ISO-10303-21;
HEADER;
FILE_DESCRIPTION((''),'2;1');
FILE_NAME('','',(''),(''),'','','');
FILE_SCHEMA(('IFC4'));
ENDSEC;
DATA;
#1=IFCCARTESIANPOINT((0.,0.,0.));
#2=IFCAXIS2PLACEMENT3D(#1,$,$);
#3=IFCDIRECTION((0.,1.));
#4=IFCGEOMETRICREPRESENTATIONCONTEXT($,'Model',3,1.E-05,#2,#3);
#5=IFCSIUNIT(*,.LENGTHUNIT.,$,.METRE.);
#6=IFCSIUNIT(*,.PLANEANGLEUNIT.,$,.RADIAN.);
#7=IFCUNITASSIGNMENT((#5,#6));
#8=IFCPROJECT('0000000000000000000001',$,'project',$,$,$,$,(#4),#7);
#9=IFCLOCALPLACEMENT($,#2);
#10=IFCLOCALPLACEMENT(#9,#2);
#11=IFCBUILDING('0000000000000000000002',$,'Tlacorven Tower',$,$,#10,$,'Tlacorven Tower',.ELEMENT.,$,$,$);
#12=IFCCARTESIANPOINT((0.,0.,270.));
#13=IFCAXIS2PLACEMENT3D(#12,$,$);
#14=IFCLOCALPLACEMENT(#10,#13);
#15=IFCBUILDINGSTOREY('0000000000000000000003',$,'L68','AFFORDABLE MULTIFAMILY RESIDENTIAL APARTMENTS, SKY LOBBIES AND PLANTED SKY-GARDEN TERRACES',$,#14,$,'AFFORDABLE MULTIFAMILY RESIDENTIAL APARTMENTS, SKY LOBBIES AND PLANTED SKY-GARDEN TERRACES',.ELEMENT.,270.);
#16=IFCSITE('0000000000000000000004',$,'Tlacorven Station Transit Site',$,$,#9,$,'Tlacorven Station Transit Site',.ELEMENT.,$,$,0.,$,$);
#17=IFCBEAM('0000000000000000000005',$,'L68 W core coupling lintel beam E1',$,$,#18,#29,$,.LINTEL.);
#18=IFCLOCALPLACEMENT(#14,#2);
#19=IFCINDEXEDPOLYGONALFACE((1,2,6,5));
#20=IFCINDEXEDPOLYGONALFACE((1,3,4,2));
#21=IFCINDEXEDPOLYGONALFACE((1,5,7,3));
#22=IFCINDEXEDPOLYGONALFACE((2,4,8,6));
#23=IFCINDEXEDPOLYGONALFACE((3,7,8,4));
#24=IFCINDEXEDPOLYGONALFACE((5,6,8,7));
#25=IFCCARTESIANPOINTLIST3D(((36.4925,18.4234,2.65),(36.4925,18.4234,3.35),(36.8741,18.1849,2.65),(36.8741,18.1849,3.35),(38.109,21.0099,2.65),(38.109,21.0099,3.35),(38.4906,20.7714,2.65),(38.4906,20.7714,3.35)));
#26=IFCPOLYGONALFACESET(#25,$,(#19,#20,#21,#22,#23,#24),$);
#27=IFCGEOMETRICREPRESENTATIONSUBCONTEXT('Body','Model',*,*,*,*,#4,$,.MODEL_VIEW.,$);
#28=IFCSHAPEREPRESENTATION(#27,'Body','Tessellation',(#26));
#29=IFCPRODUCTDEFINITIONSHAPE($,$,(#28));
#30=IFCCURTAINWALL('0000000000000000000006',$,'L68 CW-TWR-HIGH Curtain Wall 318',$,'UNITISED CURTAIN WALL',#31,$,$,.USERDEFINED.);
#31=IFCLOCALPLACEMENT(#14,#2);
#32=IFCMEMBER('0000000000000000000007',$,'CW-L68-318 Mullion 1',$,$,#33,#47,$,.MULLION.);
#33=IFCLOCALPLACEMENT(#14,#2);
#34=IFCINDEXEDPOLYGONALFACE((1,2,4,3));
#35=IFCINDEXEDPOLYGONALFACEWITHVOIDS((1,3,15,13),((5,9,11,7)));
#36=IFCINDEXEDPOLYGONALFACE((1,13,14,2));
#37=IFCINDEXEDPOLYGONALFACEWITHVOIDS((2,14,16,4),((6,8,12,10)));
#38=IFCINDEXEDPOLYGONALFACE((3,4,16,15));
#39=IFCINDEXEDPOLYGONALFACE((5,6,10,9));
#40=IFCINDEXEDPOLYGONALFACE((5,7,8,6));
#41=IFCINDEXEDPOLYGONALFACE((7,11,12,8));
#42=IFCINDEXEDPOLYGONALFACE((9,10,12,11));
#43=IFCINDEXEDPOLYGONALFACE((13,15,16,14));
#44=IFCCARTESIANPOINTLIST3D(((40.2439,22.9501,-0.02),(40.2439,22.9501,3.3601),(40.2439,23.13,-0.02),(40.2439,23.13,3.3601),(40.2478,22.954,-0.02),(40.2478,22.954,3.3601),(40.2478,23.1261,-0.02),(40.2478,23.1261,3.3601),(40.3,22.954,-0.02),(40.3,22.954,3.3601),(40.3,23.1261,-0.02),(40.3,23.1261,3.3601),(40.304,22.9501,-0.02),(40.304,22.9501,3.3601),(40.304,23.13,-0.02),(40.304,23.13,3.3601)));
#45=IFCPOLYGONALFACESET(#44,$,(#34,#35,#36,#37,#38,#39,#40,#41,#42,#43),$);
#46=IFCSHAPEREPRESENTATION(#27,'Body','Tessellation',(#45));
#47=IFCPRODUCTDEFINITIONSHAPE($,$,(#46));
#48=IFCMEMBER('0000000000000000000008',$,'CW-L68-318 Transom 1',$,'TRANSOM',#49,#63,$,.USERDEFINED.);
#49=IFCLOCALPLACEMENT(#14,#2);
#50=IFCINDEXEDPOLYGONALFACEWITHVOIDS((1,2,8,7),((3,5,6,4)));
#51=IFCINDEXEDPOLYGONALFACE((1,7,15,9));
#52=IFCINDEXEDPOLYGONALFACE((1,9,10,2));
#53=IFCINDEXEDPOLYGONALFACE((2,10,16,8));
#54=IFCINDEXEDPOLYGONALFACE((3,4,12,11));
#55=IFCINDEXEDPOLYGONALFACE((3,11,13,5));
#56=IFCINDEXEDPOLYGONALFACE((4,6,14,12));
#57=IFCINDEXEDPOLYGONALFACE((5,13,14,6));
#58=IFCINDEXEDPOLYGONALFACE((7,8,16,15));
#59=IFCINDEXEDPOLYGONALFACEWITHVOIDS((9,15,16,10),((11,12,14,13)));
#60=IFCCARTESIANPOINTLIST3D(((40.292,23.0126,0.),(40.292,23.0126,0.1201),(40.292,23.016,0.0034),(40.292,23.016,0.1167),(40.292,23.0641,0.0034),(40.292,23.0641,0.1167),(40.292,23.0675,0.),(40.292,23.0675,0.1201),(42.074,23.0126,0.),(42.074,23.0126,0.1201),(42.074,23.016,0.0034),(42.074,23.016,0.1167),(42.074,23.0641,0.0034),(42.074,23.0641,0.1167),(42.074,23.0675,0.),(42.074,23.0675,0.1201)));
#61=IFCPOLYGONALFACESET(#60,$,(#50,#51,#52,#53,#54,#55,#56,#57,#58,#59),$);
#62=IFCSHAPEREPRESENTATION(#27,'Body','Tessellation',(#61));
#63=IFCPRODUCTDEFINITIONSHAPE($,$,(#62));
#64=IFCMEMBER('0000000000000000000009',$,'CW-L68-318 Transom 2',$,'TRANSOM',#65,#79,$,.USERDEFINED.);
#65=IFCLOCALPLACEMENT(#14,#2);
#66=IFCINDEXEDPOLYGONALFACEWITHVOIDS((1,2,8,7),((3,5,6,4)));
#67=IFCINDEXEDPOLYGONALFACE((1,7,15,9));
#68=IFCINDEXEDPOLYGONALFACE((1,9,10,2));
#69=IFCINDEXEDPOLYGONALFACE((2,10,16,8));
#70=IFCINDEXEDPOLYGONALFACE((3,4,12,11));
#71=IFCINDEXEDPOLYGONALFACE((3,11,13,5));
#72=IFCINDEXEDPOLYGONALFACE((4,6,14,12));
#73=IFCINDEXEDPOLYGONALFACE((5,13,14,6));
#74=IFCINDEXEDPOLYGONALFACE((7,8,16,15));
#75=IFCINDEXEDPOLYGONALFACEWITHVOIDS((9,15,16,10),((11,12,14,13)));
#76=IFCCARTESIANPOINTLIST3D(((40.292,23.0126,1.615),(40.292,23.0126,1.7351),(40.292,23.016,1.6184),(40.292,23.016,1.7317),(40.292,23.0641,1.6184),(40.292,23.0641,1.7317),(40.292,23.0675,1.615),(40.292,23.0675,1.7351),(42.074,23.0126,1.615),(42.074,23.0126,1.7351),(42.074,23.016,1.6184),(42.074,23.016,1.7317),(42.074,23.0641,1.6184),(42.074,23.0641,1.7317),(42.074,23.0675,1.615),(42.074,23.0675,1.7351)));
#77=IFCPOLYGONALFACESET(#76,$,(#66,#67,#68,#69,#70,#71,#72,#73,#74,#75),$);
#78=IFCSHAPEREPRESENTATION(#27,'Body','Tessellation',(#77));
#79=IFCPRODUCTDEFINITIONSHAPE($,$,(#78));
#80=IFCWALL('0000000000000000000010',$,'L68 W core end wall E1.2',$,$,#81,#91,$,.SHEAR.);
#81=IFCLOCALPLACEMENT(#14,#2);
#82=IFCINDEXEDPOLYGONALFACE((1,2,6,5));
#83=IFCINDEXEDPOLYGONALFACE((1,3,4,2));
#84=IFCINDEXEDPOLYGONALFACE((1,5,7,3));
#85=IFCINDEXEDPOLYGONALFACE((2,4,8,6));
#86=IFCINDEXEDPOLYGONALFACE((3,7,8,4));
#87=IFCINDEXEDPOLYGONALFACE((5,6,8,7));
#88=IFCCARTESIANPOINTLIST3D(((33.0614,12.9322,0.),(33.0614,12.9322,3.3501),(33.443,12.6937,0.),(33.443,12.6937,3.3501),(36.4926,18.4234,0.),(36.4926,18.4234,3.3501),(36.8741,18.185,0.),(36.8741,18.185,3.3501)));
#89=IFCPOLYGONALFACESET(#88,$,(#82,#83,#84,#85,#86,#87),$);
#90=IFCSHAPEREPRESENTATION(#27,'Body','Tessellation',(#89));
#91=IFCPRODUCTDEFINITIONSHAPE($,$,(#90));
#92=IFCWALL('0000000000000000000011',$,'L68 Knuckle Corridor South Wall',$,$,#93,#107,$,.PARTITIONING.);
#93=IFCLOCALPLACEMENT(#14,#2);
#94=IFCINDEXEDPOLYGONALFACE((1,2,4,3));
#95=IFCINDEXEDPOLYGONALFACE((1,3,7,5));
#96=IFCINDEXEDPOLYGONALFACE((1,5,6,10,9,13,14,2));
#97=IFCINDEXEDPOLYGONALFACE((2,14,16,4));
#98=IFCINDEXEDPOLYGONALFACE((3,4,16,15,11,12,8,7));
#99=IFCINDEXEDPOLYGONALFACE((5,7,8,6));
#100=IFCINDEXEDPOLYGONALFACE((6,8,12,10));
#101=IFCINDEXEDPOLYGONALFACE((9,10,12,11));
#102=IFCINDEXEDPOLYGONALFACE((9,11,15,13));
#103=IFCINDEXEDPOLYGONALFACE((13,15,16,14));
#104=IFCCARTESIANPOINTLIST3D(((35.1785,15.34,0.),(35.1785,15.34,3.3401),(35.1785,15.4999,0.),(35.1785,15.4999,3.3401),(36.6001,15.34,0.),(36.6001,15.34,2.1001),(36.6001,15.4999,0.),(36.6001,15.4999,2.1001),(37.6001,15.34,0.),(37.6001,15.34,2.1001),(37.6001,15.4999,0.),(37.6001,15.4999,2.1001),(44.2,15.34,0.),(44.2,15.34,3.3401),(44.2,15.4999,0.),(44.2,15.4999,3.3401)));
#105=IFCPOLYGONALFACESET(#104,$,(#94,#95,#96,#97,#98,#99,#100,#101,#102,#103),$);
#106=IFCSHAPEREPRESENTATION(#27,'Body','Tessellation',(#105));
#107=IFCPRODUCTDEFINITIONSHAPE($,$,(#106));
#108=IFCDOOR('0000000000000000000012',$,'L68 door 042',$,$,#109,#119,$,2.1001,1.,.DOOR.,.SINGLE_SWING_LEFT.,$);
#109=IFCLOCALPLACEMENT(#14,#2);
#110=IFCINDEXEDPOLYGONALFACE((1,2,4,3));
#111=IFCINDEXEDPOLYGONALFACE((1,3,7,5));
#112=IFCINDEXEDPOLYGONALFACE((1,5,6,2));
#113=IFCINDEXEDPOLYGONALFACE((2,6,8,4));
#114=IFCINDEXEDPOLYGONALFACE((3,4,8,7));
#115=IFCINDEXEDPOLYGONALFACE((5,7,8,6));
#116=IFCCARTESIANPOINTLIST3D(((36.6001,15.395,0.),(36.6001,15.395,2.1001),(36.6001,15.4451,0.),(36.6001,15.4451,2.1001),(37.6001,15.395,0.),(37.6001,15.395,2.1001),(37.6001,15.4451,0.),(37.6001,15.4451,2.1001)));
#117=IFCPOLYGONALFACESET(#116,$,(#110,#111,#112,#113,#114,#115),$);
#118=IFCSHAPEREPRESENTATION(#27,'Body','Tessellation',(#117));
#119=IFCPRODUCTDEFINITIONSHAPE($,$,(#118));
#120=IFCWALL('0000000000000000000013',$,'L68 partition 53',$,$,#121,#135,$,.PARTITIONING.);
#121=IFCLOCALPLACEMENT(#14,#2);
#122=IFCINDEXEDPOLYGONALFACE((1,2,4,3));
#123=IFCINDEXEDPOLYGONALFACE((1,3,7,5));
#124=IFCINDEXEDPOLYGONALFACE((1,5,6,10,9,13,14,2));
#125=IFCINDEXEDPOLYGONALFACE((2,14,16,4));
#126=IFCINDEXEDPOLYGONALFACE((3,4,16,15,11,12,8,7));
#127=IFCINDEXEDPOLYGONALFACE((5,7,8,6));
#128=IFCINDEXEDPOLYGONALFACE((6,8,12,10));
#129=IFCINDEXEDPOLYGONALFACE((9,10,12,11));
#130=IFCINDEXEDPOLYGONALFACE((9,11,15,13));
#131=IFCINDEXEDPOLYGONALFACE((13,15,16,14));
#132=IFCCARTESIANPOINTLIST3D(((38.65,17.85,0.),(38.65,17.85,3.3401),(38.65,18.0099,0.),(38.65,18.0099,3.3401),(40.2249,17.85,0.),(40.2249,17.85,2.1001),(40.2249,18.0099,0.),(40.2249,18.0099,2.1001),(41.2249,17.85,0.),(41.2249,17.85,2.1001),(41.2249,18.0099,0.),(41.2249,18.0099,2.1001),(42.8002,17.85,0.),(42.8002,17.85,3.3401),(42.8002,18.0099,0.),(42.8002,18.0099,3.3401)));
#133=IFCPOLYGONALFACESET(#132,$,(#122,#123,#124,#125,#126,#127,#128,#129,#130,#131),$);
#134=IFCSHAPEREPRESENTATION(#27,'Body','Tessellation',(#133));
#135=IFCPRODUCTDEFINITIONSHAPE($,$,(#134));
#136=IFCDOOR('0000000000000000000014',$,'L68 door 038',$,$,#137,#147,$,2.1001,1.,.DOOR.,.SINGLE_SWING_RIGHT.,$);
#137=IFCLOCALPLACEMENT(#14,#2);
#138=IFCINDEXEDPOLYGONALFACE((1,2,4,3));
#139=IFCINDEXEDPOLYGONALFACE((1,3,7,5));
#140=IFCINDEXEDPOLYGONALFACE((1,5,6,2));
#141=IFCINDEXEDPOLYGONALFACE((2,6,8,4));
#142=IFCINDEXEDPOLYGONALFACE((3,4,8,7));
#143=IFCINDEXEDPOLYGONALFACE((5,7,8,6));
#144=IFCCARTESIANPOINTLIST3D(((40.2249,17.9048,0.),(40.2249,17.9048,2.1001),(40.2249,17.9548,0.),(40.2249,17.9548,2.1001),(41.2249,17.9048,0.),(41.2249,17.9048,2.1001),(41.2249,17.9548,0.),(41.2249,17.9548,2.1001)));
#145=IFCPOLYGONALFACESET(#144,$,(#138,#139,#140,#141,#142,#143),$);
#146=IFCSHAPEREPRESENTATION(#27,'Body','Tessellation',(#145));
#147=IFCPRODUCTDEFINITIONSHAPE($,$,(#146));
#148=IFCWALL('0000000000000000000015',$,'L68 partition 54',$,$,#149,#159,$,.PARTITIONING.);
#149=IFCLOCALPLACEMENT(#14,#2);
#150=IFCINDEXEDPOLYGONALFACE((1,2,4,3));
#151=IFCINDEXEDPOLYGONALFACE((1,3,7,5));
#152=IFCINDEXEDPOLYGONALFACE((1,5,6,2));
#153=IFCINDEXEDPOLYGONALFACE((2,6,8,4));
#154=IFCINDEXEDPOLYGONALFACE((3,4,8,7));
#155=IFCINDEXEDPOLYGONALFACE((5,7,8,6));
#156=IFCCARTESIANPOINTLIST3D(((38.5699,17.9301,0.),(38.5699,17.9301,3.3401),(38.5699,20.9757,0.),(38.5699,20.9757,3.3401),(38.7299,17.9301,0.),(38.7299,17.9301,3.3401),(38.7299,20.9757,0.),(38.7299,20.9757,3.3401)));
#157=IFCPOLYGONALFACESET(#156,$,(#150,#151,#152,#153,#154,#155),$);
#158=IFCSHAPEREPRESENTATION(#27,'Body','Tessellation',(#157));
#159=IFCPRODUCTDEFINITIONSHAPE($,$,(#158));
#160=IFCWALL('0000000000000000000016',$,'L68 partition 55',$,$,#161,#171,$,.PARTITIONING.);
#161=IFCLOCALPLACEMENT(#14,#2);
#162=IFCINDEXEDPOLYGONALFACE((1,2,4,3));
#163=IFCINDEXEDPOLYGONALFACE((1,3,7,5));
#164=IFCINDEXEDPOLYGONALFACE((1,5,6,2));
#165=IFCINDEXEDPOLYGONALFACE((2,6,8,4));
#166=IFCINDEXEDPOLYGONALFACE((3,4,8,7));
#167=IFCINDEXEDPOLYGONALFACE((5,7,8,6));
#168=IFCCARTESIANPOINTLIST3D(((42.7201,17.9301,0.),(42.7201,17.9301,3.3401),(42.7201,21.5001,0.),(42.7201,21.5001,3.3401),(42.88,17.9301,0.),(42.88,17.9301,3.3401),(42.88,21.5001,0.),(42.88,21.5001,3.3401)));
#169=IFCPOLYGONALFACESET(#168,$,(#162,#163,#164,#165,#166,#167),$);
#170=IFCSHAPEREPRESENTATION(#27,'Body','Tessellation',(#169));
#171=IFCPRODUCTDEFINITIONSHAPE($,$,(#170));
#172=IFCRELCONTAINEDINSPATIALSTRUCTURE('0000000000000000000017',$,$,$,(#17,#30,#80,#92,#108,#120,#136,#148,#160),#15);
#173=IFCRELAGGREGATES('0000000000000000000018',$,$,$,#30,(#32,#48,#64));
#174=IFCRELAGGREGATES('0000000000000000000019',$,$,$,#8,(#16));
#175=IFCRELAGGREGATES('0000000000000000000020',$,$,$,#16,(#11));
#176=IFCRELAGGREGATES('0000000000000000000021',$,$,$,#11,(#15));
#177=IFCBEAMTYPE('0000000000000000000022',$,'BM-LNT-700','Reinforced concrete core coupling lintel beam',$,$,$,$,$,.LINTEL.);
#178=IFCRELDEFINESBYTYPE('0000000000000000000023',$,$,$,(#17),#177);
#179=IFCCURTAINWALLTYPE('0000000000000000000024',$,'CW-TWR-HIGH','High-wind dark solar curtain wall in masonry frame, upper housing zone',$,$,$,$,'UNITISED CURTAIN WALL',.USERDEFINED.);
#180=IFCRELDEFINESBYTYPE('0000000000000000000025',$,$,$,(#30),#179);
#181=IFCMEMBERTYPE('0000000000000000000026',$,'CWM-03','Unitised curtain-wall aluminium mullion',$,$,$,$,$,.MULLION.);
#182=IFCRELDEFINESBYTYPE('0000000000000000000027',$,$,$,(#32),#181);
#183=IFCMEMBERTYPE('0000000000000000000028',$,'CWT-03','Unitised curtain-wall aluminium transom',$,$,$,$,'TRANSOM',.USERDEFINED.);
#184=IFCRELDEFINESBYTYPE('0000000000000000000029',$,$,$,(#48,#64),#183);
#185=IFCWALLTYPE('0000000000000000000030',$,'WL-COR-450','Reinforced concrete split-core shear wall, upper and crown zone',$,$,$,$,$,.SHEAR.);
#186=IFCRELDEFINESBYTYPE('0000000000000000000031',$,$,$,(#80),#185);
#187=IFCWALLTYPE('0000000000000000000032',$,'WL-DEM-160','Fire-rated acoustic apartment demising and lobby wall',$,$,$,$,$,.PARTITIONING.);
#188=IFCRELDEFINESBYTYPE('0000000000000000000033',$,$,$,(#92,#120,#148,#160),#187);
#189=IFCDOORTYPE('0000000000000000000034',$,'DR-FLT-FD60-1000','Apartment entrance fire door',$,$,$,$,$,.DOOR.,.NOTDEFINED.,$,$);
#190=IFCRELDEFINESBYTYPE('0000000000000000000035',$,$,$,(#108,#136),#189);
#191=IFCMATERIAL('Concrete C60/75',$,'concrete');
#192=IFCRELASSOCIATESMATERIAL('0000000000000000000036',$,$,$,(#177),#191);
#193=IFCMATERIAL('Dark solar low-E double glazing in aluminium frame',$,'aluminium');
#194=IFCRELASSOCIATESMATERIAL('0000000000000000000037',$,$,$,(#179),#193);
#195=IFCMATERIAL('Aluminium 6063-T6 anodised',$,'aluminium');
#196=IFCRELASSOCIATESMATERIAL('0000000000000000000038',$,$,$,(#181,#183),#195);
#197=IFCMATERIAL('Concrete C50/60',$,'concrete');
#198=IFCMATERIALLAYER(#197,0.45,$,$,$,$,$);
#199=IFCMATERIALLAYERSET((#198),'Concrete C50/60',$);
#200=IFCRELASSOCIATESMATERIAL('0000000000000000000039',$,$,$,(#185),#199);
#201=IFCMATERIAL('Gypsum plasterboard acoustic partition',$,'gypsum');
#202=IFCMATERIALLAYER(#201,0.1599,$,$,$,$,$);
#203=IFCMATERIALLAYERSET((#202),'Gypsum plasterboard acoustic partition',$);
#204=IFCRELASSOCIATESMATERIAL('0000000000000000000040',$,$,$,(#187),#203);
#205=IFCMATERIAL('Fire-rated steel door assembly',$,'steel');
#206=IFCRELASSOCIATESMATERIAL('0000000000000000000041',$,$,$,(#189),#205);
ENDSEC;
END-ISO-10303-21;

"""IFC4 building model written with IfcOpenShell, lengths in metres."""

from ifc_helpers import new_model, si_unit, direction, frame, frame_2d, origin, origin_2d, place, context, subcontext, project, spatial, rectangle, hollow_rectangle, extrude, source, transform, mapped, material, layer, layer_set, material_profile, profile_set, type_object, element, fill, aggregate, save


model = new_model("IFC4")

# Units and contexts
model_context = context("Model", 3, precision=1e-05, world=origin(), true_north=direction((0.0, 1.0)))
body_context = subcontext(model_context, "Body", "Model", "MODEL_VIEW")
ifc_project = project(units=[si_unit("LENGTHUNIT", "METRE"), si_unit("PLANEANGLEUNIT", "RADIAN")], contexts=[model_context])

# Site, building, storey
site_placement = place(None, origin())
site = spatial("IfcSite", under=ifc_project, at=site_placement, Name="Tlacorven Station Transit Site", LongName="Tlacorven Station Transit Site", CompositionType="ELEMENT", RefElevation=0.0)
building_placement = place(site_placement, origin())
building = spatial("IfcBuilding", under=site, at=building_placement, Name="Tlacorven Tower", LongName="Tlacorven Tower", CompositionType="ELEMENT")
storey_placement = place(building_placement, frame((0.0, 0.0, 270.0)))
storey = spatial("IfcBuildingStorey", under=building, at=storey_placement, Name="L68", Description="AFFORDABLE MULTIFAMILY RESIDENTIAL APARTMENTS, SKY LOBBIES AND PLANTED SKY-GARDEN TERRACES", LongName="AFFORDABLE MULTIFAMILY RESIDENTIAL APARTMENTS, SKY LOBBIES AND PLANTED SKY-GARDEN TERRACES", CompositionType="ELEMENT", Elevation=270.0)

# Beam
ifc_material_1 = material(Name="Concrete C60/75", Category="concrete")
ifc_material_profile_1 = material_profile(ifc_material_1, rectangle(XDim=0.45, YDim=0.7, at=origin_2d()), Name="RC 450X700")
ifc_profile_set_1 = profile_set([ifc_material_profile_1], Name="Concrete C60/75")
beam_type = type_object("IfcBeamType", Name="BM-LNT-700", Description="Reinforced concrete core coupling lintel beam", PredefinedType="LINTEL", material=ifc_profile_set_1)
shared_shape_1 = source(origin(), body_context, "Body", "SweptSolid", [
    extrude(rectangle(XDim=0.45, YDim=0.7, at=origin_2d()), origin(), (0.0, 0.0, 1.0), 3.05),
])
beam_placement = place(storey_placement, frame((38.2998, 20.8906, 3.0), z_axis=(-0.529985, -0.848007, 0.0), x_axis=(0.848007, -0.529985, 0.0)))
element("IfcBeam", 1, at=beam_placement, inside=storey, type_object=beam_type, Name="L68 W core coupling lintel beam E1", PredefinedType="LINTEL", context=body_context, shape_type="MappedRepresentation", body=[
    mapped(shared_shape_1, transform((0.0, 0.0, 0.0), scale=1.0)),
])

# Curtain wall, members
ifc_material_2 = material(Name="Dark solar low-E double glazing in aluminium frame", Category="aluminium")
curtain_wall_type = type_object("IfcCurtainWallType", Name="CW-TWR-HIGH", Description="High-wind dark solar curtain wall in masonry frame, upper housing zone", ElementType="UNITISED CURTAIN WALL", PredefinedType="USERDEFINED", material=ifc_material_2)
curtain_wall_placement = place(storey_placement, origin())
curtain_wall = element("IfcCurtainWall", 2, at=curtain_wall_placement, inside=storey, type_object=curtain_wall_type, Name="L68 CW-TWR-HIGH Curtain Wall 318", ObjectType="UNITISED CURTAIN WALL", PredefinedType="USERDEFINED")
ifc_material_3 = material(Name="Aluminium 6063-T6 anodised", Category="aluminium")
ifc_material_profile_2 = material_profile(ifc_material_3, hollow_rectangle(XDim=0.0601, YDim=0.1799, WallThickness=0.0039, at=origin_2d()), Name="ALU MULLION 60X180")
ifc_profile_set_2 = profile_set([ifc_material_profile_2], Name="Aluminium 6063-T6 anodised")
member_type_1 = type_object("IfcMemberType", Name="CWM-03", Description="Unitised curtain-wall aluminium mullion", PredefinedType="MULLION", material=ifc_profile_set_2)
shared_shape_2 = source(origin(), body_context, "Body", "SweptSolid", [
    extrude(hollow_rectangle(XDim=0.0601, YDim=0.1799, WallThickness=0.0039, at=origin_2d()), origin(), (0.0, 0.0, 1.0), 3.3801),
])
member_1_placement = place(storey_placement, frame((40.2739, 23.04, -0.02), z_axis=(0.0, 0.0, 1.0), x_axis=(1.0, 0.0, 0.0)))
member_1 = element("IfcMember", 3, at=member_1_placement, type_object=member_type_1, Name="CW-L68-318 Mullion 1", PredefinedType="MULLION", context=body_context, shape_type="MappedRepresentation", body=[
    mapped(shared_shape_2, transform((0.0, 0.0, 0.0), scale=1.0)),
])
ifc_material_profile_3 = material_profile(ifc_material_3, hollow_rectangle(XDim=0.0549, YDim=0.1201, WallThickness=0.0034, at=origin_2d()), Name="ALU TRANSOM 55X120")
ifc_profile_set_3 = profile_set([ifc_material_profile_3], Name="Aluminium 6063-T6 anodised")
member_type_2 = type_object("IfcMemberType", Name="CWT-03", Description="Unitised curtain-wall aluminium transom", ElementType="TRANSOM", PredefinedType="USERDEFINED", material=ifc_profile_set_3)
shared_shape_3 = source(origin(), body_context, "Body", "SweptSolid", [
    extrude(hollow_rectangle(XDim=0.0549, YDim=0.1201, WallThickness=0.0034, at=origin_2d()), origin(), (0.0, 0.0, 1.0), 1.782),
])
member_2_placement = place(storey_placement, frame((40.292, 23.04, 0.0601), z_axis=(1.0, 0.0, 0.0), x_axis=(0.0, 1.0, 0.0)))
member_2 = element("IfcMember", 4, at=member_2_placement, type_object=member_type_2, Name="CW-L68-318 Transom 1", ObjectType="TRANSOM", PredefinedType="USERDEFINED", context=body_context, shape_type="MappedRepresentation", body=[
    mapped(shared_shape_3, transform((0.0, 0.0, 0.0), scale=1.0)),
])
member_3_placement = place(storey_placement, frame((40.292, 23.04, 1.675), z_axis=(1.0, 0.0, 0.0), x_axis=(0.0, 1.0, 0.0)))
member_3 = element("IfcMember", 5, at=member_3_placement, type_object=member_type_2, Name="CW-L68-318 Transom 2", ObjectType="TRANSOM", PredefinedType="USERDEFINED", context=body_context, shape_type="MappedRepresentation", body=[
    mapped(shared_shape_3, transform((0.0, 0.0, 0.0), scale=1.0)),
])
aggregate(curtain_wall, [member_1, member_2, member_3])

# Wall
ifc_material_4 = material(Name="Concrete C50/60", Category="concrete")
ifc_layer_1 = layer(ifc_material_4, 0.45)
ifc_layer_set_1 = layer_set([ifc_layer_1], Name="Concrete C50/60")
wall_type_1 = type_object("IfcWallType", Name="WL-COR-450", Description="Reinforced concrete split-core shear wall, upper and crown zone", PredefinedType="SHEAR", material=ifc_layer_set_1)
wall_1_placement = place(storey_placement, frame((36.6833, 18.3042, 0.0), z_axis=(0.0, 0.0, 1.0), x_axis=(-0.529904, -0.848058, 0.0)))
element("IfcWall", 6, at=wall_1_placement, inside=storey, type_object=wall_type_1, Name="L68 W core end wall E1.2", PredefinedType="SHEAR", context=body_context, shape_type="SweptSolid", body=[
    extrude(rectangle(XDim=6.4751, YDim=0.45, at=frame_2d((3.2375, 0.0))), origin(), (0.0, 0.0, 1.0), 3.3501),
])

# Walls, openings, doors
ifc_material_5 = material(Name="Gypsum plasterboard acoustic partition", Category="gypsum")
ifc_layer_2 = layer(ifc_material_5, 0.1599)
ifc_layer_set_2 = layer_set([ifc_layer_2], Name="Gypsum plasterboard acoustic partition")
wall_type_2 = type_object("IfcWallType", Name="WL-DEM-160", Description="Fire-rated acoustic apartment demising and lobby wall", PredefinedType="PARTITIONING", material=ifc_layer_set_2)
wall_2_placement = place(storey_placement, frame((35.1785, 15.4199, 0.0), z_axis=(0.0, 0.0, 1.0), x_axis=(1.0, 0.0, 0.0)))
wall_2 = element("IfcWall", 7, at=wall_2_placement, inside=storey, type_object=wall_type_2, Name="L68 Knuckle Corridor South Wall", PredefinedType="PARTITIONING", context=body_context, shape_type="SweptSolid", body=[
    extrude(rectangle(XDim=9.0215, YDim=0.1599, at=frame_2d((4.5107, 0.0))), origin(), (0.0, 0.0, 1.0), 3.3401),
])
opening_1_placement = place(wall_2_placement, frame((1.4216, 0.0, 0.0)))
opening_1 = element("IfcOpeningElement", 8, at=opening_1_placement, cuts=wall_2, PredefinedType="OPENING", context=body_context, shape_type="SweptSolid", body=[
    extrude(rectangle(XDim=1.0, YDim=2.1001, at=frame_2d((0.5, 1.05))), frame((0.0, 0.0898, 0.0), z_axis=(0.0, -1.0, 0.0), x_axis=(1.0, 0.0, 0.0)), (0.0, 0.0, 1.0), 0.1799),
])
ifc_material_6 = material(Name="Fire-rated steel door assembly", Category="steel")
door_type_1 = type_object("IfcDoorType", Name="DR-FLT-FD60-1000", Description="Apartment entrance fire door", OperationType="NOTDEFINED", PredefinedType="DOOR", material=ifc_material_6)
shared_shape_4 = source(origin(), body_context, "Body", "SweptSolid", [
    extrude(rectangle(XDim=1.0, YDim=2.1001, at=frame_2d((0.5, 1.05))), frame((0.0, 0.0249, 0.0), z_axis=(0.0, -1.0, 0.0), x_axis=(1.0, 0.0, 0.0)), (0.0, 0.0, 1.0), 0.05),
])
door_1_placement = place(opening_1_placement, frame((1.0, 0.0, 0.0), z_axis=(0.0, 0.0, 1.0), x_axis=(-1.0, 0.0, 0.0)))
door_1 = element("IfcDoor", 9, at=door_1_placement, inside=storey, type_object=door_type_1, Name="L68 door 042", OperationType="SINGLE_SWING_LEFT", OverallHeight=2.1001, OverallWidth=1.0, PredefinedType="DOOR", context=body_context, shape_type="MappedRepresentation", body=[
    mapped(shared_shape_4, transform((0.0, 0.0, 0.0), scale=1.0)),
])
fill(opening_1, door_1)
wall_3_placement = place(storey_placement, frame((38.6499, 17.9299, 0.0), z_axis=(0.0, 0.0, 1.0), x_axis=(1.0, 0.0, 0.0)))
wall_3 = element("IfcWall", 10, at=wall_3_placement, inside=storey, type_object=wall_type_2, Name="L68 partition 53", PredefinedType="PARTITIONING", context=body_context, shape_type="SweptSolid", body=[
    extrude(rectangle(XDim=4.1501, YDim=0.1599, at=frame_2d((2.0752, 0.0))), origin(), (0.0, 0.0, 1.0), 3.3401),
])
opening_2_placement = place(wall_3_placement, frame((1.575, 0.0, 0.0)))
opening_2 = element("IfcOpeningElement", 11, at=opening_2_placement, cuts=wall_3, PredefinedType="OPENING", context=body_context, shape_type="SweptSolid", body=[
    extrude(rectangle(XDim=1.0, YDim=2.1001, at=frame_2d((0.5, 1.05))), frame((0.0, 0.0898, 0.0), z_axis=(0.0, -1.0, 0.0), x_axis=(1.0, 0.0, 0.0)), (0.0, 0.0, 1.0), 0.1799),
])
door_2_placement = place(opening_2_placement, origin())
door_2 = element("IfcDoor", 12, at=door_2_placement, inside=storey, type_object=door_type_1, Name="L68 door 038", OperationType="SINGLE_SWING_RIGHT", OverallHeight=2.1001, OverallWidth=1.0, PredefinedType="DOOR", context=body_context, shape_type="MappedRepresentation", body=[
    mapped(shared_shape_4, transform((0.0, 0.0, 0.0), scale=1.0)),
])
fill(opening_2, door_2)

# Walls
wall_4_placement = place(storey_placement, frame((38.6499, 17.9299, 0.0), z_axis=(0.0, 0.0, 1.0), x_axis=(0.0, 1.0, 0.0)))
element("IfcWall", 13, at=wall_4_placement, inside=storey, type_object=wall_type_2, Name="L68 partition 54", PredefinedType="PARTITIONING", context=body_context, shape_type="SweptSolid", body=[
    extrude(rectangle(XDim=3.0457, YDim=0.1599, at=frame_2d((1.5229, 0.0))), origin(), (0.0, 0.0, 1.0), 3.3401),
])
wall_5_placement = place(storey_placement, frame((42.8, 17.9299, 0.0), z_axis=(0.0, 0.0, 1.0), x_axis=(0.0, 1.0, 0.0)))
element("IfcWall", 14, at=wall_5_placement, inside=storey, type_object=wall_type_2, Name="L68 partition 55", PredefinedType="PARTITIONING", context=body_context, shape_type="SweptSolid", body=[
    extrude(rectangle(XDim=3.5701, YDim=0.1599, at=frame_2d((1.7852, 0.0))), origin(), (0.0, 0.0, 1.0), 3.3401),
])

save(model, "model.ifc")
